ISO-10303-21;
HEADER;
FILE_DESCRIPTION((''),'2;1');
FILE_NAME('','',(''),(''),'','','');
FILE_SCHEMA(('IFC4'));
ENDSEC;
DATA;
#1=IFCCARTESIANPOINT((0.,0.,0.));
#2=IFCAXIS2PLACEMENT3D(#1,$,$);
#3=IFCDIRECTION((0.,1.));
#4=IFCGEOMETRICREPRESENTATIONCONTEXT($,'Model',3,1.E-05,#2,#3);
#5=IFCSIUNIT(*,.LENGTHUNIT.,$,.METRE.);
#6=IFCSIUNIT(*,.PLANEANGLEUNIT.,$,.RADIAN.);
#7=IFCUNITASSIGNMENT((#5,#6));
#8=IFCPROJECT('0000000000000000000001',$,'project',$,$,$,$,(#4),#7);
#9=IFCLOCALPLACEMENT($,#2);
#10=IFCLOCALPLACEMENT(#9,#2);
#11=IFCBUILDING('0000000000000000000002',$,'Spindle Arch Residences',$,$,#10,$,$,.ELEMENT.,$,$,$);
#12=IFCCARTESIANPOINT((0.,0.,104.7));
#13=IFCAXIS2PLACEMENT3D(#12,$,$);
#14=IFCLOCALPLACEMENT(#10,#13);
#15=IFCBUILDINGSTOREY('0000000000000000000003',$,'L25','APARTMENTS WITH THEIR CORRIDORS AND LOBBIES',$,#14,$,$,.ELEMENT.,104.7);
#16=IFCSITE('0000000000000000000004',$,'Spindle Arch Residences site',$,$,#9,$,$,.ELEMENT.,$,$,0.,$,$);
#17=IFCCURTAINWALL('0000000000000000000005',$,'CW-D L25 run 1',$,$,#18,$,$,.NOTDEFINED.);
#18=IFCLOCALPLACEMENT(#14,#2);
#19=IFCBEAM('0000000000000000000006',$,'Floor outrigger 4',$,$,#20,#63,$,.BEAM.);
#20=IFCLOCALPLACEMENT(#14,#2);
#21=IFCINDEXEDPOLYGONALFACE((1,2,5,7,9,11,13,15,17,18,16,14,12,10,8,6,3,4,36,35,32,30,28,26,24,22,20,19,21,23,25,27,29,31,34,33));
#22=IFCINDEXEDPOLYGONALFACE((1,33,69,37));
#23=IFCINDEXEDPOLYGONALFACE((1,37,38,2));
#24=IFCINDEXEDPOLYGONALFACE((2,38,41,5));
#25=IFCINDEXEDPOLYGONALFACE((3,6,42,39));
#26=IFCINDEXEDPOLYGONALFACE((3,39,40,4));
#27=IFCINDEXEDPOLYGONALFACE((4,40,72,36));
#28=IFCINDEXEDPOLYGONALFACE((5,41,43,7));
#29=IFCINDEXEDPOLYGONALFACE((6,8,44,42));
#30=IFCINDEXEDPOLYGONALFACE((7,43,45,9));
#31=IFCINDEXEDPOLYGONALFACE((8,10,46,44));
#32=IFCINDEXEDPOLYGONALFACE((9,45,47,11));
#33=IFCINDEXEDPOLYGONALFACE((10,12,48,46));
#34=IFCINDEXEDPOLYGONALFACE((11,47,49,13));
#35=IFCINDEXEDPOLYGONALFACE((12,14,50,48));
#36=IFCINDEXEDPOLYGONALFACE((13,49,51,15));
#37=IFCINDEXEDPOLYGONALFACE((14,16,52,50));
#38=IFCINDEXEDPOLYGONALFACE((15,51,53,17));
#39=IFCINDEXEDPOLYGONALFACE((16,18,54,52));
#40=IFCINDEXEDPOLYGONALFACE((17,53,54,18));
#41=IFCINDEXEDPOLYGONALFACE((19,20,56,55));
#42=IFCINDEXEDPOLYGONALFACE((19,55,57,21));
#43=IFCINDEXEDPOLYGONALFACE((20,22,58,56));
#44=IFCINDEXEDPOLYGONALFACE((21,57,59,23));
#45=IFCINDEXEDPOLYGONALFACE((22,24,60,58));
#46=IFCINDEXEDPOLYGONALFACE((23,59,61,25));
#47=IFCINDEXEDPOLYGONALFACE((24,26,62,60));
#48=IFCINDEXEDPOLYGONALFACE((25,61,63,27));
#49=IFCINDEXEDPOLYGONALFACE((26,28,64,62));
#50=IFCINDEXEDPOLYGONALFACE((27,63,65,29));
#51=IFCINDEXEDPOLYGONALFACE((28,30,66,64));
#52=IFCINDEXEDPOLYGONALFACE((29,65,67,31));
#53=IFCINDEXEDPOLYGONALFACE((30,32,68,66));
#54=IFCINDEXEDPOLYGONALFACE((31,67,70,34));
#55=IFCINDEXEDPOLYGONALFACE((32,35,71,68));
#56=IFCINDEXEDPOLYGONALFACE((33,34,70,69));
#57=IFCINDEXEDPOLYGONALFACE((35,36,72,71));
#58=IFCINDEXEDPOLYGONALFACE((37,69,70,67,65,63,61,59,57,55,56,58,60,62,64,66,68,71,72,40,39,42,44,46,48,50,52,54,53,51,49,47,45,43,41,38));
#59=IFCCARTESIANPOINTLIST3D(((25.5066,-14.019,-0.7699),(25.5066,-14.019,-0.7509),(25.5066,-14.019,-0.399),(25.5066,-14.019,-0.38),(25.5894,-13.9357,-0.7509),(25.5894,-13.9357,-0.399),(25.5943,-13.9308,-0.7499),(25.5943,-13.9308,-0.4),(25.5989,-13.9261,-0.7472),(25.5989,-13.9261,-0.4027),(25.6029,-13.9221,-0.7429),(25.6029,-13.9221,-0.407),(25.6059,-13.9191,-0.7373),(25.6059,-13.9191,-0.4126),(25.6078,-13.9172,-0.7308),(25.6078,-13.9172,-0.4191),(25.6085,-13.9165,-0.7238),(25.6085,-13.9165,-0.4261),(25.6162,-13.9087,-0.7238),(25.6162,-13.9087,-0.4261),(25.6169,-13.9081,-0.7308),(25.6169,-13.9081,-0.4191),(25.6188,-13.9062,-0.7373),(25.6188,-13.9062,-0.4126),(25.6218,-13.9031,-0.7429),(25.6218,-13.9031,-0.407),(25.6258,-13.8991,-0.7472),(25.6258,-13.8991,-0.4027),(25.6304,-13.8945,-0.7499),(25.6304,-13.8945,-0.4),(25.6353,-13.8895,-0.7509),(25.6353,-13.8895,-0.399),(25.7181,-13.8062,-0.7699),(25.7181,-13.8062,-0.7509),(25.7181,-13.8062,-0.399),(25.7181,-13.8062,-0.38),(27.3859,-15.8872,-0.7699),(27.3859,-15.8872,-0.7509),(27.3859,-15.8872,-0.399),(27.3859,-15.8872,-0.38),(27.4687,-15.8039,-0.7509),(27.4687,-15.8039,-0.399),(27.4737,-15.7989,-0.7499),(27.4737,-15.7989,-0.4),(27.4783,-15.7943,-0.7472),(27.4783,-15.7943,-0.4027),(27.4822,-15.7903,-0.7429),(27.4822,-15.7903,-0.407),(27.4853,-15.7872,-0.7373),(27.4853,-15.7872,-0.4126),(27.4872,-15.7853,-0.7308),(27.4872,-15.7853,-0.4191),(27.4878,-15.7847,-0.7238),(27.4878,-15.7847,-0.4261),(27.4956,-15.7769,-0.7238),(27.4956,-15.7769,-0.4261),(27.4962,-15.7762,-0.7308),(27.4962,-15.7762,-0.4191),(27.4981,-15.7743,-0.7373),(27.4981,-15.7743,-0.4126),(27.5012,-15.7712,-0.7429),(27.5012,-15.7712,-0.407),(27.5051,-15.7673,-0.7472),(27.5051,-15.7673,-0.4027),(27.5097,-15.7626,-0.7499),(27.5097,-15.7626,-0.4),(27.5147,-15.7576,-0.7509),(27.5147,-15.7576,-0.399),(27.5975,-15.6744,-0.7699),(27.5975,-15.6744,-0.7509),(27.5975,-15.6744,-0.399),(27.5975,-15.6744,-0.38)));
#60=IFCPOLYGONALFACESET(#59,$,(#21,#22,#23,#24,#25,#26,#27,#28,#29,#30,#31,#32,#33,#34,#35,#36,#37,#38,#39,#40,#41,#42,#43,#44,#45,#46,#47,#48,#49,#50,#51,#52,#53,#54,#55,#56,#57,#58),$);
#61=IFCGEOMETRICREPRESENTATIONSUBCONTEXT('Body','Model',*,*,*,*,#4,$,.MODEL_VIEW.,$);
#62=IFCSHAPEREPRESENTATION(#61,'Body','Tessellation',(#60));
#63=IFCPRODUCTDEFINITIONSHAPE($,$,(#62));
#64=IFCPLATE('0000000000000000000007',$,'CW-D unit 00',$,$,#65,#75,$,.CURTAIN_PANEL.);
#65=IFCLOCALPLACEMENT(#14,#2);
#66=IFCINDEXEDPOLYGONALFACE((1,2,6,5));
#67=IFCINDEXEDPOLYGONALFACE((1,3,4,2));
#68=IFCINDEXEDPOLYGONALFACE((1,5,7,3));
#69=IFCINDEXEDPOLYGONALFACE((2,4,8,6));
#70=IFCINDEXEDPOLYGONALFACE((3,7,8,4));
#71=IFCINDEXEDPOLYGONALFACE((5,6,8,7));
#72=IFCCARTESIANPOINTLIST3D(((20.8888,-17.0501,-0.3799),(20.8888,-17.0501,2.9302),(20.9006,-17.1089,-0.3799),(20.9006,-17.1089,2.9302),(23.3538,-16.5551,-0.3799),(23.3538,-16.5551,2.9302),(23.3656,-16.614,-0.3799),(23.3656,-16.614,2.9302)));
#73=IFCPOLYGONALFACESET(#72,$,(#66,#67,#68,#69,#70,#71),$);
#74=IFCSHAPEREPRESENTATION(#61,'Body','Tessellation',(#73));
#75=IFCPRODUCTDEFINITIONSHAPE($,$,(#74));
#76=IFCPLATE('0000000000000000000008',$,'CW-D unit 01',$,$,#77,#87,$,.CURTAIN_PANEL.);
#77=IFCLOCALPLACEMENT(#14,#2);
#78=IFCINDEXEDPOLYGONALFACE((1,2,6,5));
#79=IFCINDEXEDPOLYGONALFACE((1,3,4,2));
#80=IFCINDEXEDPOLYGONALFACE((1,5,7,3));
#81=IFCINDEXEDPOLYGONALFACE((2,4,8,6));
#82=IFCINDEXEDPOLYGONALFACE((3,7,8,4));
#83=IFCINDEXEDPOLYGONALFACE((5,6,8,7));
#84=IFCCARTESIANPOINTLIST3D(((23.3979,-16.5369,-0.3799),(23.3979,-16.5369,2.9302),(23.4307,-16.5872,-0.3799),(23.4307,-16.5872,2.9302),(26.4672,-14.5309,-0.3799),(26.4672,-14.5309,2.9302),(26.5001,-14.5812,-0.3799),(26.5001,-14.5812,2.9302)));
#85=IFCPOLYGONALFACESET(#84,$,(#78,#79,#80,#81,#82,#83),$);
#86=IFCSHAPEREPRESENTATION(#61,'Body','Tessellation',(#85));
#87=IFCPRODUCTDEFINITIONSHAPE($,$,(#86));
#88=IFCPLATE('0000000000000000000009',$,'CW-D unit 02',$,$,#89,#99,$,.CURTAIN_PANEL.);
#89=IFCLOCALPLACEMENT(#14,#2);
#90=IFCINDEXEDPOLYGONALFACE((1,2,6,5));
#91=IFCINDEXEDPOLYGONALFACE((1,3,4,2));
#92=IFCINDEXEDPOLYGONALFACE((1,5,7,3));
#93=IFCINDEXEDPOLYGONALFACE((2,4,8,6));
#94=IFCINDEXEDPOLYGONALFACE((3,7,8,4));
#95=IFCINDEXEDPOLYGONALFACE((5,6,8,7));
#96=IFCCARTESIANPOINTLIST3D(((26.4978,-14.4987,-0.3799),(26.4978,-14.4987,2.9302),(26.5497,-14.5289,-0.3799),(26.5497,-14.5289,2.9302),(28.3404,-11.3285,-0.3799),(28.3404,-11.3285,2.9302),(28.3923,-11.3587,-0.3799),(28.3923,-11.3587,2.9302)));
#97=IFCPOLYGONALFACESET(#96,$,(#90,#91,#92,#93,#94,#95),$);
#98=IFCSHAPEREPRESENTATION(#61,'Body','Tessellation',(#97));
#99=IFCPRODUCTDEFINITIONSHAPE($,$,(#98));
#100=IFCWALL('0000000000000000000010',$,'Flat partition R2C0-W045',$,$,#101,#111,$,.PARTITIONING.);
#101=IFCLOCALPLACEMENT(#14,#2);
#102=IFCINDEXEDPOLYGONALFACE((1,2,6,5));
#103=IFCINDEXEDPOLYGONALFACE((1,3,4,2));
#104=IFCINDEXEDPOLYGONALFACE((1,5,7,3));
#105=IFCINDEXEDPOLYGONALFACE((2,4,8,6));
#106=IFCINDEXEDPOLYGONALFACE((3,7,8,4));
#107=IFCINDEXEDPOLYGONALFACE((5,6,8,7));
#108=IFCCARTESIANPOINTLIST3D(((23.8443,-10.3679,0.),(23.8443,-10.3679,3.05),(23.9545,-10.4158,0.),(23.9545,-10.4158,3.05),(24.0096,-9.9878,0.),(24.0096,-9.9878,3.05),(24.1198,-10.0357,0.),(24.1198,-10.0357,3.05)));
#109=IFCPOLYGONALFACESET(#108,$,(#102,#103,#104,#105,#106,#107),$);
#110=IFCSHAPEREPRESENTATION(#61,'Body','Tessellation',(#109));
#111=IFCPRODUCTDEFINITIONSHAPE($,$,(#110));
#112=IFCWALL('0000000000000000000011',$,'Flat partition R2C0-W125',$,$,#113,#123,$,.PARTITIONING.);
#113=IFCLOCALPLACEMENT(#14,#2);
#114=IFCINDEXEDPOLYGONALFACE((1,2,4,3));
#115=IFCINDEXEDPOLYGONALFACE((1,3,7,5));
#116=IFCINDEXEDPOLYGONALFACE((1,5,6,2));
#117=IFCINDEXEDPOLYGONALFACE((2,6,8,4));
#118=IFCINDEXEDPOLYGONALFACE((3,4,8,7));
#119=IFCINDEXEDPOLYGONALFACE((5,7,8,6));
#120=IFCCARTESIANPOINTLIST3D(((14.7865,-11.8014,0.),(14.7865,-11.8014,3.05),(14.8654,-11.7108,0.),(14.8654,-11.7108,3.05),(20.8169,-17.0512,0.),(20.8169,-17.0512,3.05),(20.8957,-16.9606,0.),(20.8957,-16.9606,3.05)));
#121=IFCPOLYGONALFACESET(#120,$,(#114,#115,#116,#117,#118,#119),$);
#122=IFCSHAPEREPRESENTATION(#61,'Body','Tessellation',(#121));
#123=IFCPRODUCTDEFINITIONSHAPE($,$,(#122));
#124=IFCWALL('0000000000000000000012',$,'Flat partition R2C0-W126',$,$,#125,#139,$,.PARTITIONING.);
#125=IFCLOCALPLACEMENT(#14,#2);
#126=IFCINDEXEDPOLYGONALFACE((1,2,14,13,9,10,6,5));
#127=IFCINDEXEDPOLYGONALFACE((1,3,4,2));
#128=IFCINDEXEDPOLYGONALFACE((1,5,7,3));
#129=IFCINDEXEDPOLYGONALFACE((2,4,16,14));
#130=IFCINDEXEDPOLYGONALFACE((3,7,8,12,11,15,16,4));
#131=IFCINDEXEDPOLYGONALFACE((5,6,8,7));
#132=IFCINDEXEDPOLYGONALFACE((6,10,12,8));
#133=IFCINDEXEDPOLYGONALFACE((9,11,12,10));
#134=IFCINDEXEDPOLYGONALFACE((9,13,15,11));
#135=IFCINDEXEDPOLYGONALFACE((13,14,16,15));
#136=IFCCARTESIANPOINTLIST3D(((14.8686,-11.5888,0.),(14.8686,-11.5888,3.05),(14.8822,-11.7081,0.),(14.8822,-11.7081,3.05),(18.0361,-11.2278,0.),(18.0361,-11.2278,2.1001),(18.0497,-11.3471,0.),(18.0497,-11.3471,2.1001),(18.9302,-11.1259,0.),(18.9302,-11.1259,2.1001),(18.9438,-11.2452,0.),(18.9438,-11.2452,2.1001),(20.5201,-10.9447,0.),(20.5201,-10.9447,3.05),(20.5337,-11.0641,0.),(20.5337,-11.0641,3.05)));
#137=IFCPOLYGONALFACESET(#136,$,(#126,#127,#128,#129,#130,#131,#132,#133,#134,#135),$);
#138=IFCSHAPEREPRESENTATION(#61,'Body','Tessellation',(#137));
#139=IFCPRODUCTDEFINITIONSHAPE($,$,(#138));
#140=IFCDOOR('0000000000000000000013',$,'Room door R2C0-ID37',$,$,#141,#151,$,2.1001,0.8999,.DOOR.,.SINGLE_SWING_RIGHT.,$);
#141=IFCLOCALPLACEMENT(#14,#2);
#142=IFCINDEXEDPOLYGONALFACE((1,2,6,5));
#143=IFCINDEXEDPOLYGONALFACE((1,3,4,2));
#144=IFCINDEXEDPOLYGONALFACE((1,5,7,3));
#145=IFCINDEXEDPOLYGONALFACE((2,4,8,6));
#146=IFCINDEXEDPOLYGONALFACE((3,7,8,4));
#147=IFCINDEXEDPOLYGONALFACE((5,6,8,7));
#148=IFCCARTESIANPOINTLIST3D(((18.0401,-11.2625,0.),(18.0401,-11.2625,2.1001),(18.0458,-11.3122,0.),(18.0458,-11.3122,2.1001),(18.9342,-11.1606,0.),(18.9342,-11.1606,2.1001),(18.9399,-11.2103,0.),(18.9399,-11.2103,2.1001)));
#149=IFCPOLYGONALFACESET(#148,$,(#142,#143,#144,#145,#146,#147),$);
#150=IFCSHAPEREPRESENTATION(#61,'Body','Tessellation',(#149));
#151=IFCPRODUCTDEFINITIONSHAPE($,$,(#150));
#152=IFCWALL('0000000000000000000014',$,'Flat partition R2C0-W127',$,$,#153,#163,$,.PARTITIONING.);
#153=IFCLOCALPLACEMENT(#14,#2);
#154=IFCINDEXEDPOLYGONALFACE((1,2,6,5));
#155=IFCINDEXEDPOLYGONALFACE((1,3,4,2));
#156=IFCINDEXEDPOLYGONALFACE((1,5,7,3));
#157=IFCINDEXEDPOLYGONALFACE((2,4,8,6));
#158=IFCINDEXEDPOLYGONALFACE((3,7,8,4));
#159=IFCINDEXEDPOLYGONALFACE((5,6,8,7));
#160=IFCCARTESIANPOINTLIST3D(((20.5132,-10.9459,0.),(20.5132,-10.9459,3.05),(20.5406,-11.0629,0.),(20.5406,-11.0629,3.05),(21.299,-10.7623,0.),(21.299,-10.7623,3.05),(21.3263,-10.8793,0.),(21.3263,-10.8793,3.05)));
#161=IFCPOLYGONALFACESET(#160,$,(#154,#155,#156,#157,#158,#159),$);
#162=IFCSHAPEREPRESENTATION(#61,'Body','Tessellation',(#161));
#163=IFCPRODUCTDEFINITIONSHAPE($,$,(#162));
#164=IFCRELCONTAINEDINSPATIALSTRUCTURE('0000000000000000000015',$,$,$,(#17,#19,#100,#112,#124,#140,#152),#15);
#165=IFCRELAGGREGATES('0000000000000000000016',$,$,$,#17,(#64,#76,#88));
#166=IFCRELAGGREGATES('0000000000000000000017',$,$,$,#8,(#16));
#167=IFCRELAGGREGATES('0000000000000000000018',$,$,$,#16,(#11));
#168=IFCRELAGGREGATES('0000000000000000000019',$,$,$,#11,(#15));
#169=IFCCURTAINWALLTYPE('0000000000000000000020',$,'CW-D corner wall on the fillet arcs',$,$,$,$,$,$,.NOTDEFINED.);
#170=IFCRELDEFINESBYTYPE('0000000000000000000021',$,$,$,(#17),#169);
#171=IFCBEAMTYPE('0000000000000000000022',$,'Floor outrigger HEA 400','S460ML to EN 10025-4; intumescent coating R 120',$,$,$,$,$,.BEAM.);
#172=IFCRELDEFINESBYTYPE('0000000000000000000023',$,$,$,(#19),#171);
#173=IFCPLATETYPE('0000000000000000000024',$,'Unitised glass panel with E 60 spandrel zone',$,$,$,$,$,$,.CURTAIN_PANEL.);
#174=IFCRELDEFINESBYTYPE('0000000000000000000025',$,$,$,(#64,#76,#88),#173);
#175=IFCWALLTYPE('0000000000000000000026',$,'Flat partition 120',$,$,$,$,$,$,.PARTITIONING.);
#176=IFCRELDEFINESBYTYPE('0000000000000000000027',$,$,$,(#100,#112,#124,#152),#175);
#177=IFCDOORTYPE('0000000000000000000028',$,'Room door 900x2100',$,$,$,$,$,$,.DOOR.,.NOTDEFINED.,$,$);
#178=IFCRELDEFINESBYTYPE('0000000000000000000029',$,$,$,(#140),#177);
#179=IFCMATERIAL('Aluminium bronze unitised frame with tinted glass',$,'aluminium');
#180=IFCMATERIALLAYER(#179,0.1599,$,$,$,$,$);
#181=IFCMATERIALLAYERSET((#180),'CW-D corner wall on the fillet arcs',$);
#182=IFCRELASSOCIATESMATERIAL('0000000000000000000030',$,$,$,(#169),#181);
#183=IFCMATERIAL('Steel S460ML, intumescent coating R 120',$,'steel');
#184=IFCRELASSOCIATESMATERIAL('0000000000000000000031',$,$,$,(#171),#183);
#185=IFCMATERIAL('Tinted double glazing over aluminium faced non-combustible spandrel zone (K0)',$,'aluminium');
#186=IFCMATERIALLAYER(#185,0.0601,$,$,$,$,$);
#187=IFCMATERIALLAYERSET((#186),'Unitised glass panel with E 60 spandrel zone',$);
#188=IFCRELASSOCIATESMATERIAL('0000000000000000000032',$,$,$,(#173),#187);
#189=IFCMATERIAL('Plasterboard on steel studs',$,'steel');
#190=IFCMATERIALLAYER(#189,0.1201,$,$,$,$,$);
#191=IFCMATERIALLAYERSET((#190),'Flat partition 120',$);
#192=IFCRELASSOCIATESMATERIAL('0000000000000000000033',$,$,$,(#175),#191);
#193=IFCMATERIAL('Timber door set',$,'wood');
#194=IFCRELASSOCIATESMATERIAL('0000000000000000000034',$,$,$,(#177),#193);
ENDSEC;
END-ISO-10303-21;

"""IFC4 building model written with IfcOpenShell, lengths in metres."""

from ifc_helpers import new_model, si_unit, direction, frame, frame_2d, origin, origin_2d, place, context, subcontext, project, spatial, rectangle, i_section, extrude, material, layer, layer_set, material_profile, profile_set, type_object, element, fill, aggregate, save


model = new_model("IFC4")

# Units and contexts
model_context = context("Model", 3, precision=1e-05, world=origin(), true_north=direction((0.0, 1.0)))
body_context = subcontext(model_context, "Body", "Model", "MODEL_VIEW")
ifc_project = project(units=[si_unit("LENGTHUNIT", "METRE"), si_unit("PLANEANGLEUNIT", "RADIAN")], contexts=[model_context])

# Site, building, storey
site_placement = place(None, origin())
site = spatial("IfcSite", under=ifc_project, at=site_placement, Name="Spindle Arch Residences site", CompositionType="ELEMENT", RefElevation=0.0)
building_placement = place(site_placement, origin())
building = spatial("IfcBuilding", under=site, at=building_placement, Name="Spindle Arch Residences", CompositionType="ELEMENT")
storey_placement = place(building_placement, frame((0.0, 0.0, 104.7)))
storey = spatial("IfcBuildingStorey", under=building, at=storey_placement, Name="L25", Description="APARTMENTS WITH THEIR CORRIDORS AND LOBBIES", CompositionType="ELEMENT", Elevation=104.7)

# Curtain wall
ifc_material_1 = material(Name="Aluminium bronze unitised frame with tinted glass", Category="aluminium")
ifc_layer_1 = layer(ifc_material_1, 0.1599)
ifc_layer_set_1 = layer_set([ifc_layer_1], Name="CW-D corner wall on the fillet arcs")
curtain_wall_type = type_object("IfcCurtainWallType", Name="CW-D corner wall on the fillet arcs", PredefinedType="NOTDEFINED", material=ifc_layer_set_1)
curtain_wall_placement = place(storey_placement, origin())
curtain_wall = element("IfcCurtainWall", 1, at=curtain_wall_placement, inside=storey, type_object=curtain_wall_type, Name="CW-D L25 run 1", PredefinedType="NOTDEFINED")

# Beam
ifc_material_2 = material(Name="Steel S460ML, intumescent coating R 120", Category="steel")
ifc_material_profile_1 = material_profile(ifc_material_2, i_section(OverallWidth=0.3, OverallDepth=0.3899, WebThickness=0.011, FlangeThickness=0.019, FilletRadius=0.0271, at=origin_2d()), Name="HEA 400")
ifc_profile_set_1 = profile_set([ifc_material_profile_1], Name="Steel S460ML, intumescent coating R 120")
beam_type_1 = type_object("IfcBeamType", Name="Floor outrigger HEA 400", Description="S460ML to EN 10025-4; intumescent coating R 120", PredefinedType="BEAM", material=ifc_profile_set_1)
beam_1_placement = place(storey_placement, frame((27.4917, -15.7808, -0.575), z_axis=(-0.709223, 0.704985, 0.0), x_axis=(-0.704985, -0.709223, 0.0)))
element("IfcBeam", 2, at=beam_1_placement, inside=storey, type_object=beam_type_1, Name="Floor outrigger 4", PredefinedType="BEAM", context=body_context, shape_type="SweptSolid", body=[
    extrude(i_section(OverallWidth=0.3, OverallDepth=0.3899, WebThickness=0.011, FlangeThickness=0.019, FilletRadius=0.0271, at=origin_2d()), origin(), (0.0, 0.0, 1.0), 2.6499),
])

# Plates
ifc_material_3 = material(Name="Tinted double glazing over aluminium faced non-combustible spandrel zone (K0)", Category="aluminium")
ifc_layer_2 = layer(ifc_material_3, 0.0601)
ifc_layer_set_2 = layer_set([ifc_layer_2], Name="Unitised glass panel with E 60 spandrel zone")
plate_type = type_object("IfcPlateType", Name="Unitised glass panel with E 60 spandrel zone", PredefinedType="CURTAIN_PANEL", material=ifc_layer_set_2)
plate_1_placement = place(storey_placement, frame((22.1272, -16.832, -0.3799), z_axis=(0.0, 0.0, 1.0), x_axis=(0.980431, 0.196863, 0.0)))
plate_1 = element("IfcPlate", 3, at=plate_1_placement, type_object=plate_type, Name="CW-D unit 00", PredefinedType="CURTAIN_PANEL", context=body_context, shape_type="SweptSolid", body=[
    extrude(rectangle(XDim=2.5142, YDim=0.0601, at=origin_2d()), origin(), (0.0, 0.0, 1.0), 3.3101),
])
plate_2_placement = place(storey_placement, frame((24.949, -15.5591, -0.3799), z_axis=(0.0, 0.0, 1.0), x_axis=(0.837083, 0.547076, 0.0)))
plate_2 = element("IfcPlate", 4, at=plate_2_placement, type_object=plate_type, Name="CW-D unit 01", PredefinedType="CURTAIN_PANEL", context=body_context, shape_type="SweptSolid", body=[
    extrude(rectangle(XDim=3.6667, YDim=0.0601, at=origin_2d()), origin(), (0.0, 0.0, 1.0), 3.3101),
])
plate_3_placement = place(storey_placement, frame((27.4451, -12.9287, -0.3799), z_axis=(0.0, 0.0, 1.0), x_axis=(0.502517, 0.864567, 0.0)))
plate_3 = element("IfcPlate", 5, at=plate_3_placement, type_object=plate_type, Name="CW-D unit 02", PredefinedType="CURTAIN_PANEL", context=body_context, shape_type="SweptSolid", body=[
    extrude(rectangle(XDim=3.6667, YDim=0.0601, at=origin_2d()), origin(), (0.0, 0.0, 1.0), 3.3101),
])
aggregate(curtain_wall, [plate_1, plate_2, plate_3])

# Walls
ifc_material_4 = material(Name="Plasterboard on steel studs", Category="steel")
ifc_layer_3 = layer(ifc_material_4, 0.1201)
ifc_layer_set_3 = layer_set([ifc_layer_3], Name="Flat partition 120")
wall_type_1 = type_object("IfcWallType", Name="Flat partition 120", PredefinedType="PARTITIONING", material=ifc_layer_set_3)
wall_1_placement = place(storey_placement, frame((24.0647, -10.0117, 0.0), z_axis=(0.0, 0.0, 1.0), x_axis=(-0.398748, -0.917061, 0.0)))
element("IfcWall", 6, at=wall_1_placement, inside=storey, type_object=wall_type_1, Name="Flat partition R2C0-W045", PredefinedType="PARTITIONING", context=body_context, shape_type="SweptSolid", body=[
    extrude(rectangle(XDim=0.4146, YDim=0.1201, at=frame_2d((0.2073, 0.0))), origin(), (0.0, 0.0, 1.0), 3.05),
])
wall_2_placement = place(storey_placement, frame((20.8562, -17.0059, 0.0), z_axis=(0.0, 0.0, 1.0), x_axis=(-0.754231, 0.656609, 0.0)))
element("IfcWall", 7, at=wall_2_placement, inside=storey, type_object=wall_type_1, Name="Flat partition R2C0-W125", PredefinedType="PARTITIONING", context=body_context, shape_type="SweptSolid", body=[
    extrude(rectangle(XDim=7.9954, YDim=0.1201, at=frame_2d((3.9976, 0.0))), origin(), (0.0, 0.0, 1.0), 3.05),
])

# Wall, opening, door
wall_3_placement = place(storey_placement, frame((20.5269, -11.0044, 0.0), z_axis=(0.0, 0.0, 1.0), x_axis=(-0.993569, -0.113229, 0.0)))
wall_3 = element("IfcWall", 8, at=wall_3_placement, inside=storey, type_object=wall_type_1, Name="Flat partition R2C0-W126", PredefinedType="PARTITIONING", context=body_context, shape_type="SweptSolid", body=[
    extrude(rectangle(XDim=5.688, YDim=0.1201, at=frame_2d((2.844, 0.0))), origin(), (0.0, 0.0, 1.0), 3.05),
])
opening_1_placement = place(wall_3_placement, frame((1.6001, 0.0, 0.0)))
opening_1 = element("IfcOpeningElement", 9, at=opening_1_placement, cuts=wall_3, PredefinedType="OPENING", context=body_context, shape_type="SweptSolid", body=[
    extrude(rectangle(XDim=0.8999, YDim=2.1001, at=frame_2d((0.45, 1.05))), frame((0.0, 0.0701, 0.0), z_axis=(0.0, -1.0, 0.0), x_axis=(1.0, 0.0, 0.0)), (0.0, 0.0, 1.0), 0.1401),
])
ifc_material_5 = material(Name="Timber door set", Category="wood")
door_type = type_object("IfcDoorType", Name="Room door 900x2100", OperationType="NOTDEFINED", PredefinedType="DOOR", material=ifc_material_5)
door_1_placement = place(opening_1_placement, origin())
door_1 = element("IfcDoor", 10, at=door_1_placement, inside=storey, type_object=door_type, Name="Room door R2C0-ID37", OperationType="SINGLE_SWING_RIGHT", OverallHeight=2.1001, OverallWidth=0.8999, PredefinedType="DOOR", context=body_context, shape_type="SweptSolid", body=[
    extrude(rectangle(XDim=0.8999, YDim=2.1001, at=frame_2d((0.45, 1.05))), frame((0.0, 0.0249, 0.0), z_axis=(0.0, -1.0, 0.0), x_axis=(1.0, 0.0, 0.0)), (0.0, 0.0, 1.0), 0.05),
])
fill(opening_1, door_1)

# Wall
wall_4_placement = place(storey_placement, frame((21.3125, -10.8208, 0.0), z_axis=(0.0, 0.0, 1.0), x_axis=(-0.973765, -0.227555, 0.0)))
element("IfcWall", 11, at=wall_4_placement, inside=storey, type_object=wall_type_1, Name="Flat partition R2C0-W127", PredefinedType="PARTITIONING", context=body_context, shape_type="SweptSolid", body=[
    extrude(rectangle(XDim=0.8069, YDim=0.1201, at=frame_2d((0.4033, 0.0))), origin(), (0.0, 0.0, 1.0), 3.05),
])

save(model, "model.ifc")
